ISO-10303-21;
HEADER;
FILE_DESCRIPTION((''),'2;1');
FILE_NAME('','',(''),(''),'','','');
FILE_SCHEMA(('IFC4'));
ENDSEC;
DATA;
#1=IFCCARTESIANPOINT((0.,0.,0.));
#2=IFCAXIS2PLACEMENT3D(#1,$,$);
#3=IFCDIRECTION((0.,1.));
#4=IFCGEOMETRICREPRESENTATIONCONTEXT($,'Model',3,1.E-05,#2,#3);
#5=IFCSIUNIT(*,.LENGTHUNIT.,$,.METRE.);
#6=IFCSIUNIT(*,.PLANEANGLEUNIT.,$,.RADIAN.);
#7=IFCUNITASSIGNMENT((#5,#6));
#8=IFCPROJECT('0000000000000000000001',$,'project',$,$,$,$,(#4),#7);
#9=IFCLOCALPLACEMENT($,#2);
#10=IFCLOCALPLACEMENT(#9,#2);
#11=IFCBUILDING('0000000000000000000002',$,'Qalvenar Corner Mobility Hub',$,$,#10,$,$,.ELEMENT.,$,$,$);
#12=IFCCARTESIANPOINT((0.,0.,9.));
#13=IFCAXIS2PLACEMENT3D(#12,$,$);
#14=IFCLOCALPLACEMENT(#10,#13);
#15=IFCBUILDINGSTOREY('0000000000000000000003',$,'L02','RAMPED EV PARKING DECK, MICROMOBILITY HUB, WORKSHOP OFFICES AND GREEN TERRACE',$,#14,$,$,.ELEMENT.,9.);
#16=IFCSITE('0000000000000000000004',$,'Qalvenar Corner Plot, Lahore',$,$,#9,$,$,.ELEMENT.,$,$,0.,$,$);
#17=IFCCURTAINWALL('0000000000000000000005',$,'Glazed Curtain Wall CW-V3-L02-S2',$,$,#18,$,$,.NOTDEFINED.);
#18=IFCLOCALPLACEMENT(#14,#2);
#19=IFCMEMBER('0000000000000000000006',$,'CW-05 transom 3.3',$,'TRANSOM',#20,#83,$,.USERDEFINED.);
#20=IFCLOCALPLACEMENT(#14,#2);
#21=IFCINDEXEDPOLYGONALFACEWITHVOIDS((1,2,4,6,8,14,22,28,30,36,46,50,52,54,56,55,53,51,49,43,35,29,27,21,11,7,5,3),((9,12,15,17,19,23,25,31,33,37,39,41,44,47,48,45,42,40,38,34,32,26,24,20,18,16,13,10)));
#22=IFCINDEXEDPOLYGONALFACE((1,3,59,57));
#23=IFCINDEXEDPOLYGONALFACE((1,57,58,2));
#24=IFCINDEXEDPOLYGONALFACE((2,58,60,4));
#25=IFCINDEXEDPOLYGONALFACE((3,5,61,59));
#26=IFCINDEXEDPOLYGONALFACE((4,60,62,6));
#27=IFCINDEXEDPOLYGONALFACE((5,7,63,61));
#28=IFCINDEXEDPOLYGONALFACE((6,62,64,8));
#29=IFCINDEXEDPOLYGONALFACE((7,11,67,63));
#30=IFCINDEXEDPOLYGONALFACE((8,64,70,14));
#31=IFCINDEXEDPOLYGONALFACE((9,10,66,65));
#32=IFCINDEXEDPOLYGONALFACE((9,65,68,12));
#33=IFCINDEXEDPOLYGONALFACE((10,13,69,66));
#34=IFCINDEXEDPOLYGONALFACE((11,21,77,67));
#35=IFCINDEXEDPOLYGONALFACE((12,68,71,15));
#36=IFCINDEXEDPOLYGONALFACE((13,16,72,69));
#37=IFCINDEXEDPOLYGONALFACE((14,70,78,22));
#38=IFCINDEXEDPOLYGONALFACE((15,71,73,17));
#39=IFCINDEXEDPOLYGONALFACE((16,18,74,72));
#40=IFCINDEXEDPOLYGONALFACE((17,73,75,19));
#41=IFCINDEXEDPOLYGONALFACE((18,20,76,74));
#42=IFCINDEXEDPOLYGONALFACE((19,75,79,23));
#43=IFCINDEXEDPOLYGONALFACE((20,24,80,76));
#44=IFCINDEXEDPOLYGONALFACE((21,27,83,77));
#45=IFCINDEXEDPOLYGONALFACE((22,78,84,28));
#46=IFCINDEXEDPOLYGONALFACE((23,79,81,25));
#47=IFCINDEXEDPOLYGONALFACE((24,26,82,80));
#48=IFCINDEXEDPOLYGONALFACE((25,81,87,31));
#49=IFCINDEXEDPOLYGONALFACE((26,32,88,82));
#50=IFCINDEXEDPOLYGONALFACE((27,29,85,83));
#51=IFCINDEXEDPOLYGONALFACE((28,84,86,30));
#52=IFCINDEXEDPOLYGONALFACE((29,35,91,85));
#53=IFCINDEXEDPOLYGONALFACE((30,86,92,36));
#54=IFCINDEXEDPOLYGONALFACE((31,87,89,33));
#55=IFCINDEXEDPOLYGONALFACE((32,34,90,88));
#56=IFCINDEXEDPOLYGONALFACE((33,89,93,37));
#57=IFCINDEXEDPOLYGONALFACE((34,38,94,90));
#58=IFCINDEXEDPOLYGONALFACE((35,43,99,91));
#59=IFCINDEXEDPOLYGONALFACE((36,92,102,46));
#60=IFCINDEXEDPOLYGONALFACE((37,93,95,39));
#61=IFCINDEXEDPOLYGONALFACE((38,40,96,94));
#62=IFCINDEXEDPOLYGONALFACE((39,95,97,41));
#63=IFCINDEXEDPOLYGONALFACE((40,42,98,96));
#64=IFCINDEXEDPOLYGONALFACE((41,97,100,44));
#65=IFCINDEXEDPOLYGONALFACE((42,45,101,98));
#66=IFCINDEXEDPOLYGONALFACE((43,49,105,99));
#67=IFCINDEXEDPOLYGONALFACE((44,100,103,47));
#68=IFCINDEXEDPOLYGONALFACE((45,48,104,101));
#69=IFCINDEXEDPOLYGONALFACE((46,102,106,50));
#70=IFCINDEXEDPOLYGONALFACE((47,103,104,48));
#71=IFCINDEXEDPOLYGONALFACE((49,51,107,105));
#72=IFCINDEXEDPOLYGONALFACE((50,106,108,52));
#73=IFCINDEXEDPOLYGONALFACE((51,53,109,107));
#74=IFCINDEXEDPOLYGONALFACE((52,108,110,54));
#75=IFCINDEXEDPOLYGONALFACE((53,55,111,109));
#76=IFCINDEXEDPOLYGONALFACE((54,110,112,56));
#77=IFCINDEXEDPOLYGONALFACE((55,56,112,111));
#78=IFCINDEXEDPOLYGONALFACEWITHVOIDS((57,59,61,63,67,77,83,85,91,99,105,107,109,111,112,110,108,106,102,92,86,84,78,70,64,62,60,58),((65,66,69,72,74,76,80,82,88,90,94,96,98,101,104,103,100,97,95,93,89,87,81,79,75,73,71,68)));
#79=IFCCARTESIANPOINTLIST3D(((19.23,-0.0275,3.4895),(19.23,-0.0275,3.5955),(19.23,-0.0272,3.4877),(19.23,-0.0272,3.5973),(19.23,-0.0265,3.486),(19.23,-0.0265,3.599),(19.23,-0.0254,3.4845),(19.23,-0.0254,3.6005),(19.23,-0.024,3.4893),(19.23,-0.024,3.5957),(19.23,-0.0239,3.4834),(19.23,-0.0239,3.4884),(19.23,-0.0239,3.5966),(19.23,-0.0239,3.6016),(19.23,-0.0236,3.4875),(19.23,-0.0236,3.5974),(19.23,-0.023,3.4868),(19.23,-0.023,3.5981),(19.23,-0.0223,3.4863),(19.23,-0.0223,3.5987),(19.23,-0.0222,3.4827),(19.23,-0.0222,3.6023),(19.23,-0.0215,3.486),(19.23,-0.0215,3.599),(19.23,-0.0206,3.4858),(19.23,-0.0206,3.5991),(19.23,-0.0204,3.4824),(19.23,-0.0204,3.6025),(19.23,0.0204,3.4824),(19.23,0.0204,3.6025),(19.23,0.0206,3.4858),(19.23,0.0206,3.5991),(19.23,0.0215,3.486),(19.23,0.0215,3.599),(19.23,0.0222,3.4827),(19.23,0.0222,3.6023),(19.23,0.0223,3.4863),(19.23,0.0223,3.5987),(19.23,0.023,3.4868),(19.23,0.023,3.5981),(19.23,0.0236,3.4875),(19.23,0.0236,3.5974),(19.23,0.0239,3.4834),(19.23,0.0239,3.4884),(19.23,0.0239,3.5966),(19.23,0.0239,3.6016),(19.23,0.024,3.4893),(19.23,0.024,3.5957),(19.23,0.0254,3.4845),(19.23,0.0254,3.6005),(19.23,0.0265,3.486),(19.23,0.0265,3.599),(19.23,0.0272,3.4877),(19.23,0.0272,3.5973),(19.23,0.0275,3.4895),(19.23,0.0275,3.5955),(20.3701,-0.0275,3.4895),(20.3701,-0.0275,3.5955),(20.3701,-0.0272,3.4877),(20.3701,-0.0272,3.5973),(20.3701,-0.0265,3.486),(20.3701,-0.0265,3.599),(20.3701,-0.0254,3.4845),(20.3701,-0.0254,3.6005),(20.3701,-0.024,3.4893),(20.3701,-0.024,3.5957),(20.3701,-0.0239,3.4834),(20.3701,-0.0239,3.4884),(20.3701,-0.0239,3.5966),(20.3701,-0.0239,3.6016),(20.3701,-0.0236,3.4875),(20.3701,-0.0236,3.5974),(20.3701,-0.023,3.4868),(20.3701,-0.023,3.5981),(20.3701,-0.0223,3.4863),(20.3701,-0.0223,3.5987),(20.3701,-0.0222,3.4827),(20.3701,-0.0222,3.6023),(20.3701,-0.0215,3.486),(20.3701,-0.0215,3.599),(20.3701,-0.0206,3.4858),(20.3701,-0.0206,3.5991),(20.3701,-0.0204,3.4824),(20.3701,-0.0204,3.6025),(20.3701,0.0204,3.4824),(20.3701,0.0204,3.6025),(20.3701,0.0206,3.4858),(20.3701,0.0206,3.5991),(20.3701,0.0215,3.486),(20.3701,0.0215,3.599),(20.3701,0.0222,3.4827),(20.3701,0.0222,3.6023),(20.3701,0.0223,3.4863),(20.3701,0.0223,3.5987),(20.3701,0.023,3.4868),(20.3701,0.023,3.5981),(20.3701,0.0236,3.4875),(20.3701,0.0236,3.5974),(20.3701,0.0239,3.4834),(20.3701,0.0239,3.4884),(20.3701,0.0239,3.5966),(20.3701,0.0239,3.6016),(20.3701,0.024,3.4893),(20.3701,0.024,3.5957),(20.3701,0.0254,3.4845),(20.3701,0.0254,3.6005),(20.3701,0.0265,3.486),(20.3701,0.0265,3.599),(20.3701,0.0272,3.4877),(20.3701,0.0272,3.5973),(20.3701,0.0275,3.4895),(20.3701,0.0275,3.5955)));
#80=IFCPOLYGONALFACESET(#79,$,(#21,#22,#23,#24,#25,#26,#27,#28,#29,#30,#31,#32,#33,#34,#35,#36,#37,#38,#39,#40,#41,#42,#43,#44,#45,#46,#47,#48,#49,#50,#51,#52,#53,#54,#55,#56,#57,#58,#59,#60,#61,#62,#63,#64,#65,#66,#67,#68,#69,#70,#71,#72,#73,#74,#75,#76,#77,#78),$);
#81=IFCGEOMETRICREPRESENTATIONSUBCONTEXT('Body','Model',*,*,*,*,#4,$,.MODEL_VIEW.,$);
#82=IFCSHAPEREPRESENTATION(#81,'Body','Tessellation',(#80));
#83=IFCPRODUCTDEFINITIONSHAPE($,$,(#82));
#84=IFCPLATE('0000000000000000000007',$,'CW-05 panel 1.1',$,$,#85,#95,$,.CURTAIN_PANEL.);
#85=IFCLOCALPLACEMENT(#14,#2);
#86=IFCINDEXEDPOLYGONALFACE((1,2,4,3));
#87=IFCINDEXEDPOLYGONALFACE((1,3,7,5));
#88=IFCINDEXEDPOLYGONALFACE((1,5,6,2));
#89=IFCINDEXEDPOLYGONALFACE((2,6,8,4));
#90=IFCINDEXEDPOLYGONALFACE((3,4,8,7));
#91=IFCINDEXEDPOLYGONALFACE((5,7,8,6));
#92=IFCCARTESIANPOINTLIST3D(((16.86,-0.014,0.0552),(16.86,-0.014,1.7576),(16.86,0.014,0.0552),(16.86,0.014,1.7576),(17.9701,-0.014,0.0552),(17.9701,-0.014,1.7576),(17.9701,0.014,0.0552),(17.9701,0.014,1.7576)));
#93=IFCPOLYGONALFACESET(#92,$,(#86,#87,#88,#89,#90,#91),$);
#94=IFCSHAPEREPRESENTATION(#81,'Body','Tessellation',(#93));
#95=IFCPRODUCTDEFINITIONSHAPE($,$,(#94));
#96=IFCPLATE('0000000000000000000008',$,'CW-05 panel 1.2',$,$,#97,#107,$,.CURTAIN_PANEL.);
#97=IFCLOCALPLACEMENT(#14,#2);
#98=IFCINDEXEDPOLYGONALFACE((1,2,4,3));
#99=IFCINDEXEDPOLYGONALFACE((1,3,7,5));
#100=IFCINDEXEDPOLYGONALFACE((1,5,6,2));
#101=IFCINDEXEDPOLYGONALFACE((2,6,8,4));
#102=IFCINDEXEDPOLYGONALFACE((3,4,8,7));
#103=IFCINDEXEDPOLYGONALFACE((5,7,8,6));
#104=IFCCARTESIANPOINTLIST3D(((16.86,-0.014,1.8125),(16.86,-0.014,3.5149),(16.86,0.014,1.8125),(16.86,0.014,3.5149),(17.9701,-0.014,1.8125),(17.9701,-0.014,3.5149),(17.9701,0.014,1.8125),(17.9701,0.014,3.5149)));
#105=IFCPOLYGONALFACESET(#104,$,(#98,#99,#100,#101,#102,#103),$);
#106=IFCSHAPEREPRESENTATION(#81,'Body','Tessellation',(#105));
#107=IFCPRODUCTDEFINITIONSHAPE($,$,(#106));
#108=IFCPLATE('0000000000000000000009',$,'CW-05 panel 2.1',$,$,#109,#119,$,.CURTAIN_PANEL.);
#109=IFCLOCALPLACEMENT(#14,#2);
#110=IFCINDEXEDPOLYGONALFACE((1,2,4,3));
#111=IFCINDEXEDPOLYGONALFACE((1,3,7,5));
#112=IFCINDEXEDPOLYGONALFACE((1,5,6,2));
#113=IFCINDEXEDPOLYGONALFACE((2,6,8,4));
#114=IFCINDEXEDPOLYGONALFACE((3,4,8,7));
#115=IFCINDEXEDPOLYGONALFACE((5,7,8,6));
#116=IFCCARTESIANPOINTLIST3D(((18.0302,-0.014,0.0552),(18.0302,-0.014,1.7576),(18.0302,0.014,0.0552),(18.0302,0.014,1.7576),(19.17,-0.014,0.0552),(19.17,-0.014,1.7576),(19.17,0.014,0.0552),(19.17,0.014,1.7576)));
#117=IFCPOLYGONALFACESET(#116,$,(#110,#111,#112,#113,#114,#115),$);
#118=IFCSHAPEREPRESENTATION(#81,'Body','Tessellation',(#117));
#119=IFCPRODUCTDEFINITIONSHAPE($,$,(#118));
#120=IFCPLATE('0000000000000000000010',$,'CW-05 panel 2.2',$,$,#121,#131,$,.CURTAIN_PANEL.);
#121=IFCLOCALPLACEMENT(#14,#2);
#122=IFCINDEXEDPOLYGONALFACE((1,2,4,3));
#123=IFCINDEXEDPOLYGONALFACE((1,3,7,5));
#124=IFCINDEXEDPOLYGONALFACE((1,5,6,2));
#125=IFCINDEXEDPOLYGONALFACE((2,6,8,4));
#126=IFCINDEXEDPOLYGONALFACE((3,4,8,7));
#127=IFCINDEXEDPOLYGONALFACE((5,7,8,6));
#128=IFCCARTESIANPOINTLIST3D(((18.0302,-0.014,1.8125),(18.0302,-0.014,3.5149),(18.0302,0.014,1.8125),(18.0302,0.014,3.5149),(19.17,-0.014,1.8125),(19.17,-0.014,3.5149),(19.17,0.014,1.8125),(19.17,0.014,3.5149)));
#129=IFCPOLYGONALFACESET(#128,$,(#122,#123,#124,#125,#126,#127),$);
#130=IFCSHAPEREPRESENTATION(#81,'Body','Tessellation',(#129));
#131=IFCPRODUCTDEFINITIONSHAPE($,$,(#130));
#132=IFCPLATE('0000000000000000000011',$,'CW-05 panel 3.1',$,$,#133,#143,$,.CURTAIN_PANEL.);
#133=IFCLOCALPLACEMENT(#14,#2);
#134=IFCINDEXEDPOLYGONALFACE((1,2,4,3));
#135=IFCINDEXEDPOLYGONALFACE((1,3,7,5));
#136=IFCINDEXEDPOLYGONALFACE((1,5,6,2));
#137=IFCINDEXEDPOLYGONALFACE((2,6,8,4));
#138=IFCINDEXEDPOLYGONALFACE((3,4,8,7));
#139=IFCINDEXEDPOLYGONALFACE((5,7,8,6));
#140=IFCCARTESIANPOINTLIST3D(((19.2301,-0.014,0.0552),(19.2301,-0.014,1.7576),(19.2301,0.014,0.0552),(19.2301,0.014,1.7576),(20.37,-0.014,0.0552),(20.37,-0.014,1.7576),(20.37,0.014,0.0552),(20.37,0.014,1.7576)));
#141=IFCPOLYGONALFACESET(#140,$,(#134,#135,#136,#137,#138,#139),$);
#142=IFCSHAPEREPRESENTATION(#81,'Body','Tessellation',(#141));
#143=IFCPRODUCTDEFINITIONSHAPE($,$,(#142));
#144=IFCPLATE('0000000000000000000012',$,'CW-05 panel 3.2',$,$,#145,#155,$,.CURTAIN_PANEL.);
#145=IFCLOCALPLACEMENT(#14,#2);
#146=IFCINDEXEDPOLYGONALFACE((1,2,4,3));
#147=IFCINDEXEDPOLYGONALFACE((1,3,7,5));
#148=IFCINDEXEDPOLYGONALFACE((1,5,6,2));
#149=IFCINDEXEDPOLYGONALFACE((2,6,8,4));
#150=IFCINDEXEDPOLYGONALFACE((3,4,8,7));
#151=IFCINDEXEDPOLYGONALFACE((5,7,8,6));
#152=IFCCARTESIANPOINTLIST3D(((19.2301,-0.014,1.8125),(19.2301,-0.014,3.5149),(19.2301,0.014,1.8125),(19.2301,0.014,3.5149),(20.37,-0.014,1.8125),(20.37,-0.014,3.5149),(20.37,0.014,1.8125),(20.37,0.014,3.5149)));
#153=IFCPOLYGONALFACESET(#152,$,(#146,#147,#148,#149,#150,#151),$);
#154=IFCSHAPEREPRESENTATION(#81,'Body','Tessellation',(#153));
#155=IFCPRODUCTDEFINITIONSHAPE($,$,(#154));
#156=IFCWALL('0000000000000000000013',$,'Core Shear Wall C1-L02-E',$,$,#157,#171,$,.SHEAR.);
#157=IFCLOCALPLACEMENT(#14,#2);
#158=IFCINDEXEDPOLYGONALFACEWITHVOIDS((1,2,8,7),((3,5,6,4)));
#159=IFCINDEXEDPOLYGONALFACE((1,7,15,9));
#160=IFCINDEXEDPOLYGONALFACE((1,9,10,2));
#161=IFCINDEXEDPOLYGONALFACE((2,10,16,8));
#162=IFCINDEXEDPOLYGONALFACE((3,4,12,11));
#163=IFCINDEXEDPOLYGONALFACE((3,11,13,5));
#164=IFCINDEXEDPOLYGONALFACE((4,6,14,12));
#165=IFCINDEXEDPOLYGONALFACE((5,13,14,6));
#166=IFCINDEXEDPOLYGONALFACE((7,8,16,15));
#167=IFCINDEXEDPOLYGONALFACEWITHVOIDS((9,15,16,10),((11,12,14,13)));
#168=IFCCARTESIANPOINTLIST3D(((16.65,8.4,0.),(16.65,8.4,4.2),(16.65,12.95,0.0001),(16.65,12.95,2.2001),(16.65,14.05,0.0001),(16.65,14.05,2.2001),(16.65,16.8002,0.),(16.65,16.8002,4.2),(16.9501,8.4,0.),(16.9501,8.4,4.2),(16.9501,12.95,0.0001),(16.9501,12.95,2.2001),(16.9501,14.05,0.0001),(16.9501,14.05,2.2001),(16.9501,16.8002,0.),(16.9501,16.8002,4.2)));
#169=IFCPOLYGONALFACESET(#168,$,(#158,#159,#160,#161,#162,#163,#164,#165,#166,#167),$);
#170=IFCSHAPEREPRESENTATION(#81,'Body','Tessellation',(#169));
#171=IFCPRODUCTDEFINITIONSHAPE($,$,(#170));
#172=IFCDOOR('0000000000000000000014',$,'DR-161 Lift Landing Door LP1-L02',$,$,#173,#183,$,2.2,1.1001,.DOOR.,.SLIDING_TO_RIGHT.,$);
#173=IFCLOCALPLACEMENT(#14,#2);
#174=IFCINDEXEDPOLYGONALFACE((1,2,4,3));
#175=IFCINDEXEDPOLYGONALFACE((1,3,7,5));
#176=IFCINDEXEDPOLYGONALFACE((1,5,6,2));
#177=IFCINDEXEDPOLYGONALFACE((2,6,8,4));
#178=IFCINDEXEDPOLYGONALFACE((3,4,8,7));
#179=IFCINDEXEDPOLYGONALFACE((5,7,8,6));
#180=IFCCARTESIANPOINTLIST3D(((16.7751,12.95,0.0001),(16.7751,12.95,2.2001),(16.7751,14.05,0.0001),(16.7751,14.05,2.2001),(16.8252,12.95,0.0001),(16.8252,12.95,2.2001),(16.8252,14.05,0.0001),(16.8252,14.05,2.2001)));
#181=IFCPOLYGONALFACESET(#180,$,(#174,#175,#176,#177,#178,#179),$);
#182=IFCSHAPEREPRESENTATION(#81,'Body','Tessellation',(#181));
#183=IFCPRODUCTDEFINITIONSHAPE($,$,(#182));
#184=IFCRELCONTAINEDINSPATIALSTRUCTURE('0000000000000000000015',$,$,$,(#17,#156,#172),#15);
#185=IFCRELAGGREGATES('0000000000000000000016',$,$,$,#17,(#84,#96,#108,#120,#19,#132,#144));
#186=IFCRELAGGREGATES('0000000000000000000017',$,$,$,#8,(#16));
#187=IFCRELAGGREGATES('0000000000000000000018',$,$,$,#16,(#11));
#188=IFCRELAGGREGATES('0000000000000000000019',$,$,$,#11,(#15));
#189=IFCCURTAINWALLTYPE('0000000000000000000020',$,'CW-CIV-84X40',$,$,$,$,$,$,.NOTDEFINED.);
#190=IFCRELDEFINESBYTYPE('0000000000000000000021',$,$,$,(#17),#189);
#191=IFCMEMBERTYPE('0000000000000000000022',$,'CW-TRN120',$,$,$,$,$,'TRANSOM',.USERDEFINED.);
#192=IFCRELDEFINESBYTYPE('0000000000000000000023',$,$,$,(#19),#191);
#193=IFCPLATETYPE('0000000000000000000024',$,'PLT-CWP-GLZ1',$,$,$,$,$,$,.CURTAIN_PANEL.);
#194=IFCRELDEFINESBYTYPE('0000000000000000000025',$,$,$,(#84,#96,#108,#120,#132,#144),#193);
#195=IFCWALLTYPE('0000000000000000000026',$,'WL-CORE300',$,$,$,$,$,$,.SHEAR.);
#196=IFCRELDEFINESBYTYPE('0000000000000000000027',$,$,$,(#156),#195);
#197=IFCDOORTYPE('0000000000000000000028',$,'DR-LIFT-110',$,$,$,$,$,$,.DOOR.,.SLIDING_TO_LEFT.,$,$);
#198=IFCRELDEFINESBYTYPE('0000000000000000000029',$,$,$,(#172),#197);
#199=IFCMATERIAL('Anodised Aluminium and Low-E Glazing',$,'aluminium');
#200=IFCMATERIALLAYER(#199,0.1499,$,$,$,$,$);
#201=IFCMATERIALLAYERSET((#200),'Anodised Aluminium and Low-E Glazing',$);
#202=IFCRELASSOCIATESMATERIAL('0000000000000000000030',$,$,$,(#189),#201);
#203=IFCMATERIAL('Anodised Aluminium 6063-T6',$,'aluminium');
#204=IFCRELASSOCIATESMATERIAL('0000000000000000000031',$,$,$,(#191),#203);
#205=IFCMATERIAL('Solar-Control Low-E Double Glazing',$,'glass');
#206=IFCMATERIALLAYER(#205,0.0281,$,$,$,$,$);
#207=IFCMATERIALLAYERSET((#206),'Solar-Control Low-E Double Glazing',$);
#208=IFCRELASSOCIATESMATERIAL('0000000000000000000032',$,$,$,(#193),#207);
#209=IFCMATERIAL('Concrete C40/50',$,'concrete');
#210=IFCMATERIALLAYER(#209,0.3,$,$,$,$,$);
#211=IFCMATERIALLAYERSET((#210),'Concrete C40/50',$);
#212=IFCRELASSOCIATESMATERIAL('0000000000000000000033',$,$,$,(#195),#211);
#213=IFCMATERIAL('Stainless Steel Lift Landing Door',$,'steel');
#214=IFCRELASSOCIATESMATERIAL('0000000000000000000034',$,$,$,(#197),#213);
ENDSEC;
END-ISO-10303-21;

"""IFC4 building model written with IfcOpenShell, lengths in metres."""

from ifc_helpers import new_model, si_unit, direction, frame, frame_2d, origin, origin_2d, place, context, subcontext, project, spatial, rectangle, hollow_rectangle, extrude, material, layer, layer_set, material_profile, profile_set, type_object, element, fill, aggregate, save


model = new_model("IFC4")

# Units and contexts
model_context = context("Model", 3, precision=1e-05, world=origin(), true_north=direction((0.0, 1.0)))
body_context = subcontext(model_context, "Body", "Model", "MODEL_VIEW")
ifc_project = project(units=[si_unit("LENGTHUNIT", "METRE"), si_unit("PLANEANGLEUNIT", "RADIAN")], contexts=[model_context])

# Site, building, storey
site_placement = place(None, origin())
site = spatial("IfcSite", under=ifc_project, at=site_placement, Name="Qalvenar Corner Plot, Lahore", CompositionType="ELEMENT", RefElevation=0.0)
building_placement = place(site_placement, origin())
building = spatial("IfcBuilding", under=site, at=building_placement, Name="Qalvenar Corner Mobility Hub", CompositionType="ELEMENT")
storey_placement = place(building_placement, frame((0.0, 0.0, 9.0)))
storey = spatial("IfcBuildingStorey", under=building, at=storey_placement, Name="L02", Description="RAMPED EV PARKING DECK, MICROMOBILITY HUB, WORKSHOP OFFICES AND GREEN TERRACE", CompositionType="ELEMENT", Elevation=9.0)

# Curtain wall, member, plates
ifc_material_1 = material(Name="Anodised Aluminium and Low-E Glazing", Category="aluminium")
ifc_layer_1 = layer(ifc_material_1, 0.1499)
ifc_layer_set_1 = layer_set([ifc_layer_1], Name="Anodised Aluminium and Low-E Glazing")
curtain_wall_type = type_object("IfcCurtainWallType", Name="CW-CIV-84X40", PredefinedType="NOTDEFINED", material=ifc_layer_set_1)
curtain_wall_placement = place(storey_placement, origin())
curtain_wall = element("IfcCurtainWall", 1, at=curtain_wall_placement, inside=storey, type_object=curtain_wall_type, Name="Glazed Curtain Wall CW-V3-L02-S2", PredefinedType="NOTDEFINED")
ifc_material_2 = material(Name="Anodised Aluminium 6063-T6", Category="aluminium")
ifc_material_profile_1 = material_profile(ifc_material_2, hollow_rectangle(XDim=0.0549, YDim=0.1201, WallThickness=0.0034, InnerFilletRadius=0.0034, OuterFilletRadius=0.0071, at=origin_2d()), Name="RHS120x55x3.5")
ifc_profile_set_1 = profile_set([ifc_material_profile_1], Name="Anodised Aluminium 6063-T6")
member_type_1 = type_object("IfcMemberType", Name="CW-TRN120", ElementType="TRANSOM", PredefinedType="USERDEFINED", material=ifc_profile_set_1)
member_1_placement = place(storey_placement, frame((19.23, 0.0, 3.5425), z_axis=(1.0, 0.0, 0.0), x_axis=(0.0, 1.0, 0.0)))
member_1 = element("IfcMember", 2, at=member_1_placement, type_object=member_type_1, Name="CW-05 transom 3.3", ObjectType="TRANSOM", PredefinedType="USERDEFINED", context=body_context, shape_type="SweptSolid", body=[
    extrude(hollow_rectangle(XDim=0.0549, YDim=0.1201, WallThickness=0.0034, InnerFilletRadius=0.0034, OuterFilletRadius=0.0071, at=origin_2d()), origin(), (0.0, 0.0, 1.0), 1.1401),
])
ifc_material_3 = material(Name="Solar-Control Low-E Double Glazing", Category="glass")
ifc_layer_2 = layer(ifc_material_3, 0.0281)
ifc_layer_set_2 = layer_set([ifc_layer_2], Name="Solar-Control Low-E Double Glazing")
plate_type = type_object("IfcPlateType", Name="PLT-CWP-GLZ1", PredefinedType="CURTAIN_PANEL", material=ifc_layer_set_2)
plate_1_placement = place(storey_placement, frame((17.415, 0.0, 0.0552), z_axis=(0.0, 0.0, 1.0), x_axis=(1.0, 0.0, 0.0)))
plate_1 = element("IfcPlate", 3, at=plate_1_placement, type_object=plate_type, Name="CW-05 panel 1.1", PredefinedType="CURTAIN_PANEL", context=body_context, shape_type="SweptSolid", body=[
    extrude(rectangle(XDim=1.1101, YDim=0.0281, at=origin_2d()), origin(), (0.0, 0.0, 1.0), 1.7024),
])
plate_2_placement = place(storey_placement, frame((17.415, 0.0, 1.8125), z_axis=(0.0, 0.0, 1.0), x_axis=(1.0, 0.0, 0.0)))
plate_2 = element("IfcPlate", 4, at=plate_2_placement, type_object=plate_type, Name="CW-05 panel 1.2", PredefinedType="CURTAIN_PANEL", context=body_context, shape_type="SweptSolid", body=[
    extrude(rectangle(XDim=1.1101, YDim=0.0281, at=origin_2d()), origin(), (0.0, 0.0, 1.0), 1.7024),
])
plate_3_placement = place(storey_placement, frame((18.6001, 0.0, 0.0552), z_axis=(0.0, 0.0, 1.0), x_axis=(1.0, 0.0, 0.0)))
plate_3 = element("IfcPlate", 5, at=plate_3_placement, type_object=plate_type, Name="CW-05 panel 2.1", PredefinedType="CURTAIN_PANEL", context=body_context, shape_type="SweptSolid", body=[
    extrude(rectangle(XDim=1.1399, YDim=0.0281, at=origin_2d()), origin(), (0.0, 0.0, 1.0), 1.7024),
])
plate_4_placement = place(storey_placement, frame((18.6001, 0.0, 1.8125), z_axis=(0.0, 0.0, 1.0), x_axis=(1.0, 0.0, 0.0)))
plate_4 = element("IfcPlate", 6, at=plate_4_placement, type_object=plate_type, Name="CW-05 panel 2.2", PredefinedType="CURTAIN_PANEL", context=body_context, shape_type="SweptSolid", body=[
    extrude(rectangle(XDim=1.1399, YDim=0.0281, at=origin_2d()), origin(), (0.0, 0.0, 1.0), 1.7024),
])
plate_5_placement = place(storey_placement, frame((19.8, 0.0, 0.0552), z_axis=(0.0, 0.0, 1.0), x_axis=(1.0, 0.0, 0.0)))
plate_5 = element("IfcPlate", 7, at=plate_5_placement, type_object=plate_type, Name="CW-05 panel 3.1", PredefinedType="CURTAIN_PANEL", context=body_context, shape_type="SweptSolid", body=[
    extrude(rectangle(XDim=1.1399, YDim=0.0281, at=origin_2d()), origin(), (0.0, 0.0, 1.0), 1.7024),
])
plate_6_placement = place(storey_placement, frame((19.8, 0.0, 1.8125), z_axis=(0.0, 0.0, 1.0), x_axis=(1.0, 0.0, 0.0)))
plate_6 = element("IfcPlate", 8, at=plate_6_placement, type_object=plate_type, Name="CW-05 panel 3.2", PredefinedType="CURTAIN_PANEL", context=body_context, shape_type="SweptSolid", body=[
    extrude(rectangle(XDim=1.1399, YDim=0.0281, at=origin_2d()), origin(), (0.0, 0.0, 1.0), 1.7024),
])
aggregate(curtain_wall, [plate_1, plate_2, plate_3, plate_4, member_1, plate_5, plate_6])

# Wall, opening, door
ifc_material_4 = material(Name="Concrete C40/50", Category="concrete")
ifc_layer_3 = layer(ifc_material_4, 0.3)
ifc_layer_set_3 = layer_set([ifc_layer_3], Name="Concrete C40/50")
wall_type_1 = type_object("IfcWallType", Name="WL-CORE300", PredefinedType="SHEAR", material=ifc_layer_set_3)
wall_1_placement = place(storey_placement, frame((16.8, 8.3999, 0.0), z_axis=(0.0, 0.0, 1.0), x_axis=(0.0, 1.0, 0.0)))
wall_1 = element("IfcWall", 9, at=wall_1_placement, inside=storey, type_object=wall_type_1, Name="Core Shear Wall C1-L02-E", PredefinedType="SHEAR", context=body_context, shape_type="SweptSolid", body=[
    extrude(rectangle(XDim=8.4001, YDim=0.3, at=frame_2d((4.2002, 0.0))), origin(), (0.0, 0.0, 1.0), 4.2),
])
opening_1_placement = place(wall_1_placement, frame((4.55, 0.0, 0.0)))
opening_1 = element("IfcOpeningElement", 10, at=opening_1_placement, cuts=wall_1, PredefinedType="OPENING", context=body_context, shape_type="SweptSolid", body=[
    extrude(rectangle(XDim=1.1001, YDim=2.2, at=frame_2d((0.55, 1.1001))), frame((0.0, 0.1602, 0.0), z_axis=(0.0, -1.0, 0.0), x_axis=(1.0, 0.0, 0.0)), (0.0, 0.0, 1.0), 0.3201),
])
ifc_material_5 = material(Name="Stainless Steel Lift Landing Door", Category="steel")
door_type_1 = type_object("IfcDoorType", Name="DR-LIFT-110", OperationType="SLIDING_TO_LEFT", PredefinedType="DOOR", material=ifc_material_5)
door_1_placement = place(opening_1_placement, origin())
door_1 = element("IfcDoor", 11, at=door_1_placement, inside=storey, type_object=door_type_1, Name="DR-161 Lift Landing Door LP1-L02", OperationType="SLIDING_TO_RIGHT", OverallHeight=2.2, OverallWidth=1.1001, PredefinedType="DOOR", context=body_context, shape_type="SweptSolid", body=[
    extrude(rectangle(XDim=1.1001, YDim=2.2, at=frame_2d((0.55, 1.1001))), frame((0.0, 0.0249, 0.0), z_axis=(0.0, -1.0, 0.0), x_axis=(1.0, 0.0, 0.0)), (0.0, 0.0, 1.0), 0.05),
])
fill(opening_1, door_1)

save(model, "model.ifc")
